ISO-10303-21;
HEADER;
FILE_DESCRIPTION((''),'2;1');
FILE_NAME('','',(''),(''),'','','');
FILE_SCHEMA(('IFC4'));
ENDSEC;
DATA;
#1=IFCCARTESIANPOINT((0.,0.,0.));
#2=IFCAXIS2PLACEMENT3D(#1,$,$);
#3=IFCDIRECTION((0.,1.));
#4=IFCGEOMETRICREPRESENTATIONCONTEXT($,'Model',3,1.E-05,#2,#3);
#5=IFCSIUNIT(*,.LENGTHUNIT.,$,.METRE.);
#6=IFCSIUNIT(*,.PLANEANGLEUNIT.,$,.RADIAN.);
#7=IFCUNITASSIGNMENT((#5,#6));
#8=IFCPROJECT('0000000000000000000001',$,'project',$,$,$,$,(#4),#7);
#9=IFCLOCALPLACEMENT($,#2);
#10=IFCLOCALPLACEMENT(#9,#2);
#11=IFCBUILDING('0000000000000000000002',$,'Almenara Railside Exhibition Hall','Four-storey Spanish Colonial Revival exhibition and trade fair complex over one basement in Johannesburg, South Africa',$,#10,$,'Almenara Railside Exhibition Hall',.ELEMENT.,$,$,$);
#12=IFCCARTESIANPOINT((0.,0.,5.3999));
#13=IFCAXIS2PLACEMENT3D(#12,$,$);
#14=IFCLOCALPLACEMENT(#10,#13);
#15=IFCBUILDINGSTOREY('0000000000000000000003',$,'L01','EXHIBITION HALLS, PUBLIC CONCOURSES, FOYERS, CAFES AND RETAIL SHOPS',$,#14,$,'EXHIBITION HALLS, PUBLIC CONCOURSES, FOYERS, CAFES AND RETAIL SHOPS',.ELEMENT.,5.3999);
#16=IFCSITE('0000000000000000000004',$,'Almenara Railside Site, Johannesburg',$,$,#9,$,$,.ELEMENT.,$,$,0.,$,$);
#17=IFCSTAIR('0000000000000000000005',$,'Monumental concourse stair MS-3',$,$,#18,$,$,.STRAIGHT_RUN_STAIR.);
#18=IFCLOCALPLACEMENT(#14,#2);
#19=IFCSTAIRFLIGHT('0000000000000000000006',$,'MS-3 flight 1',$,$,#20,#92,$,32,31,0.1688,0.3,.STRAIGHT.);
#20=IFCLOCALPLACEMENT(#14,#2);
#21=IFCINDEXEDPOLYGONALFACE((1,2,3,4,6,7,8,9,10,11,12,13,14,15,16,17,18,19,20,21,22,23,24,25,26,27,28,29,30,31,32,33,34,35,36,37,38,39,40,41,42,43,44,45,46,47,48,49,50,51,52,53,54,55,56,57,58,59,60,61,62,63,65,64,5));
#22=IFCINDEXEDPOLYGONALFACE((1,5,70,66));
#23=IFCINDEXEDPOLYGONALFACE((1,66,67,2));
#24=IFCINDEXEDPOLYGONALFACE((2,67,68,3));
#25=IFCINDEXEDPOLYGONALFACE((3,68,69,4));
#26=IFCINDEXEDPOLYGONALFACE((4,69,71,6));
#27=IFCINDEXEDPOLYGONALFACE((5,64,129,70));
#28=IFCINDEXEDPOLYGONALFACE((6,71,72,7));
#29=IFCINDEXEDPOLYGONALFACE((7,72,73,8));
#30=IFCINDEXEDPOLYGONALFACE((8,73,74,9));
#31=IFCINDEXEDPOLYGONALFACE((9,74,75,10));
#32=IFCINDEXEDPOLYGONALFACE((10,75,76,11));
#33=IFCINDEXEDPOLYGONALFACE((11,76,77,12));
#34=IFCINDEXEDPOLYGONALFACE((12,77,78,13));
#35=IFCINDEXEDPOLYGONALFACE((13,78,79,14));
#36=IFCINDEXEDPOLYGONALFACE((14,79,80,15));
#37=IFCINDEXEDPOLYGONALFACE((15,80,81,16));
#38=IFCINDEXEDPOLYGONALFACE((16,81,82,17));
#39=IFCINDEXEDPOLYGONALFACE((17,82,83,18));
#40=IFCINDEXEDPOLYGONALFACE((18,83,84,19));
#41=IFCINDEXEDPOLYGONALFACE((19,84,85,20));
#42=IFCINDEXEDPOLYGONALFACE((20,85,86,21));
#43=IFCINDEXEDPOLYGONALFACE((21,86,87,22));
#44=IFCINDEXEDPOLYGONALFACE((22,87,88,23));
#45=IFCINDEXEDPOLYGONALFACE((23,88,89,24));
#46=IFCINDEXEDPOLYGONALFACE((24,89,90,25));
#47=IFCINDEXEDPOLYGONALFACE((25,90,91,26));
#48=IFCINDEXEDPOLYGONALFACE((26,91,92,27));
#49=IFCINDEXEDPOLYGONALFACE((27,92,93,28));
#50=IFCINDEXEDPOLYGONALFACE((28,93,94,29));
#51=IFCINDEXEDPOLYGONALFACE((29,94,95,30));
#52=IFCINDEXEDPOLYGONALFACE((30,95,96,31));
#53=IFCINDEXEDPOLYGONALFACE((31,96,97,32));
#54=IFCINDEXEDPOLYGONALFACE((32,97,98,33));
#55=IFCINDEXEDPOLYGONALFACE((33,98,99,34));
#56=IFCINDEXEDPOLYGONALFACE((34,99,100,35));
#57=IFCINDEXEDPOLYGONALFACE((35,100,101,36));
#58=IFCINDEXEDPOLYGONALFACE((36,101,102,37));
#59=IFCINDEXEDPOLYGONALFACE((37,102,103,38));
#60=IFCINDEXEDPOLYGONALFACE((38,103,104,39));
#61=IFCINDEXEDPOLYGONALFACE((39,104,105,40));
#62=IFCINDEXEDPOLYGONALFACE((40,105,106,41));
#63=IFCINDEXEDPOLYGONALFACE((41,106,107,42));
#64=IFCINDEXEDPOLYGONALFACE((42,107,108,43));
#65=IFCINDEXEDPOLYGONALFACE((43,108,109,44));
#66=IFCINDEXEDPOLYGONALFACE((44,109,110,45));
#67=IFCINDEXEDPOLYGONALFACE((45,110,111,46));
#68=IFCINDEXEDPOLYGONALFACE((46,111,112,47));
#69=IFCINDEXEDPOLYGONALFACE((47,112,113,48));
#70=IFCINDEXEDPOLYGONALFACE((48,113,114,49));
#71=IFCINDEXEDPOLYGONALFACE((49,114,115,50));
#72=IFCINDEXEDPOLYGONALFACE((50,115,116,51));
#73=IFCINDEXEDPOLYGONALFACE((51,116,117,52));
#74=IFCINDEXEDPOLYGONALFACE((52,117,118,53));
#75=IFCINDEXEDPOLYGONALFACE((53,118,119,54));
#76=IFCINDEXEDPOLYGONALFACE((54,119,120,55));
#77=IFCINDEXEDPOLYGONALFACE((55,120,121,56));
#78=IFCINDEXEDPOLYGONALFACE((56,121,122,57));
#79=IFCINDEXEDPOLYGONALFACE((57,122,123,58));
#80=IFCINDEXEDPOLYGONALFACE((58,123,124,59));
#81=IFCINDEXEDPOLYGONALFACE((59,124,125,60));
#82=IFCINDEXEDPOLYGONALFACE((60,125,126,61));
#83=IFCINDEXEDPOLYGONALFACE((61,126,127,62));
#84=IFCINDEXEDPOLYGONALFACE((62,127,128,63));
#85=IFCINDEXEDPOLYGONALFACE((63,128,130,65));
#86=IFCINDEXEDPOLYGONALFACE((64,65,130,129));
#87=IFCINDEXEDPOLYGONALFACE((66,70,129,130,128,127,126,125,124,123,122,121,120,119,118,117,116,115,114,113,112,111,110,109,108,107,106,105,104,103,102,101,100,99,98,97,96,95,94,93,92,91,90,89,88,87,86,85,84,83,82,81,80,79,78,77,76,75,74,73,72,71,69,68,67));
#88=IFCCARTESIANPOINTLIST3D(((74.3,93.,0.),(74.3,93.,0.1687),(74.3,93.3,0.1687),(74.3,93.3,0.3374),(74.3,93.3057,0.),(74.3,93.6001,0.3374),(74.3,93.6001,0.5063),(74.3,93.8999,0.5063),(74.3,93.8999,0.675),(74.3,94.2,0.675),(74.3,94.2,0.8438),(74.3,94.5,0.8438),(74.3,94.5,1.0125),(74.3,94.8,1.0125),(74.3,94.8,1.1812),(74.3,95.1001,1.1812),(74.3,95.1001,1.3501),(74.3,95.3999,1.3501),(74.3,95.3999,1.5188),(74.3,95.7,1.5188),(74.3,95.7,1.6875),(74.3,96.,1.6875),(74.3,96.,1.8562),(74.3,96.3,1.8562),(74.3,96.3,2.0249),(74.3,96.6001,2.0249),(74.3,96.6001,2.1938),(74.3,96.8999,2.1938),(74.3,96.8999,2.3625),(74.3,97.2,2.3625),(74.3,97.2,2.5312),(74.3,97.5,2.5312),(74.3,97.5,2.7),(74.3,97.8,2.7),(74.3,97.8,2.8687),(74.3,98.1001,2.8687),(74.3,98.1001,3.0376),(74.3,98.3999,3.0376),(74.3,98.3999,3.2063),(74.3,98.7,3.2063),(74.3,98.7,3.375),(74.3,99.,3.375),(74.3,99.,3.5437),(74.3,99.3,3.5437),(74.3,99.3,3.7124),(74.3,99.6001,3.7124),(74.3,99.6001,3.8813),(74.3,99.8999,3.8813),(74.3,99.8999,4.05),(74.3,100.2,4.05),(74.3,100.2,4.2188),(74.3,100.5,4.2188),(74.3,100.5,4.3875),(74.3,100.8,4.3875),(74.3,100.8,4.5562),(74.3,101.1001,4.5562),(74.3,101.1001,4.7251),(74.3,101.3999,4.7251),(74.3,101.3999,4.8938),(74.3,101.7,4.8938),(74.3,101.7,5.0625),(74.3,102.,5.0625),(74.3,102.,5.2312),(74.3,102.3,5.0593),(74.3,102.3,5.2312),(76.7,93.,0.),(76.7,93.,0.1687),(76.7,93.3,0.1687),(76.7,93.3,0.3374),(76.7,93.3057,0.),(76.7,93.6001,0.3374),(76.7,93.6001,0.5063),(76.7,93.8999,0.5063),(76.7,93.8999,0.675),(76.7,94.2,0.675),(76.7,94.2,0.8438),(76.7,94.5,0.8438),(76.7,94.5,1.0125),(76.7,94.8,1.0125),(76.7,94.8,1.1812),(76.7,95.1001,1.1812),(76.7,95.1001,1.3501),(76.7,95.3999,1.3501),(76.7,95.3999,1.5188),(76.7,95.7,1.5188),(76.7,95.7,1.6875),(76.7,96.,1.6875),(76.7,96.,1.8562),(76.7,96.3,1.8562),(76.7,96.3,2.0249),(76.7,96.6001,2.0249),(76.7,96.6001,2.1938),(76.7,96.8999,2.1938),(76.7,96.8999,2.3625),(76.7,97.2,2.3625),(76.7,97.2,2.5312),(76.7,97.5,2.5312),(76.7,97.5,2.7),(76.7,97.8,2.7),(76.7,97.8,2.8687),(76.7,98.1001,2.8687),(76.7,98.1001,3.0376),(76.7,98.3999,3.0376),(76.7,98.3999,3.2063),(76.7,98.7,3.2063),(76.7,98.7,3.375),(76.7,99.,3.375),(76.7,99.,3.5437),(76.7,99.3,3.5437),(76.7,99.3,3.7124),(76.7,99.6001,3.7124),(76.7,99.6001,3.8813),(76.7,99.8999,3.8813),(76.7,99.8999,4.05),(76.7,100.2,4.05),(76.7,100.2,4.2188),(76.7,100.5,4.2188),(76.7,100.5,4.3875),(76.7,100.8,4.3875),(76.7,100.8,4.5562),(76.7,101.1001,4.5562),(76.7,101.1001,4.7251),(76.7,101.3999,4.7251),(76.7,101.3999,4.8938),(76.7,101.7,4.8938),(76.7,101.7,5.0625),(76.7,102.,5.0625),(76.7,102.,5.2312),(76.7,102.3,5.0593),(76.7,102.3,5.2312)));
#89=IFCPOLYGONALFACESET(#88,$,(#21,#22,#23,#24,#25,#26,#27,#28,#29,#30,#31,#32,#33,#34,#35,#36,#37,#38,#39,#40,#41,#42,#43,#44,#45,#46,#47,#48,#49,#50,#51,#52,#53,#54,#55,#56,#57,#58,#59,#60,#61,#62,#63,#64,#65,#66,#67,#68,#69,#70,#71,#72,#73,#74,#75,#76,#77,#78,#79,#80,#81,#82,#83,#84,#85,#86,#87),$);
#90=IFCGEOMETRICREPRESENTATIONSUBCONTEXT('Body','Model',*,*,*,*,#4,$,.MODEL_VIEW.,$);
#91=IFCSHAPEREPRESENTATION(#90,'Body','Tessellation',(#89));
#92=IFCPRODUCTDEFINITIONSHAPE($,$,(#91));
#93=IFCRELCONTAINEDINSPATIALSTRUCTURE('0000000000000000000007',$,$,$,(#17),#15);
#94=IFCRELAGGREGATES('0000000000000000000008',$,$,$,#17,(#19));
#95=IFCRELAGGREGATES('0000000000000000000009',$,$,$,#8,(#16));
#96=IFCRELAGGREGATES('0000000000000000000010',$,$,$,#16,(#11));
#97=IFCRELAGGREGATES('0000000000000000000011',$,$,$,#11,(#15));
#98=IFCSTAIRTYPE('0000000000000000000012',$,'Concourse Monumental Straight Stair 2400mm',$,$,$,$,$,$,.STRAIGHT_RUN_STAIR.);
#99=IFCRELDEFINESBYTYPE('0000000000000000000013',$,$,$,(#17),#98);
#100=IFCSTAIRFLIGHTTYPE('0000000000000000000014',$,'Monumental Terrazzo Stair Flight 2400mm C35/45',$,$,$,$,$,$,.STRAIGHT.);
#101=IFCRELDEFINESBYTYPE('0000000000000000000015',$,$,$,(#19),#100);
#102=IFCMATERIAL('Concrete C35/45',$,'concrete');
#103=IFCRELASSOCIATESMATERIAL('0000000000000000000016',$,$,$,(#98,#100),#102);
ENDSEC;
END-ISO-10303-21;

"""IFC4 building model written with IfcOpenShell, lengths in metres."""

from ifc_helpers import new_model, si_unit, direction, frame, origin, place, context, subcontext, project, spatial, polyline, outline, extrude, material, type_object, element, aggregate, save


model = new_model("IFC4")

# Units and contexts
model_context = context("Model", 3, precision=1e-05, world=origin(), true_north=direction((0.0, 1.0)))
body_context = subcontext(model_context, "Body", "Model", "MODEL_VIEW")
ifc_project = project(units=[si_unit("LENGTHUNIT", "METRE"), si_unit("PLANEANGLEUNIT", "RADIAN")], contexts=[model_context])

# Site, building, storey
site_placement = place(None, origin())
site = spatial("IfcSite", under=ifc_project, at=site_placement, Name="Almenara Railside Site, Johannesburg", CompositionType="ELEMENT", RefElevation=0.0)
building_placement = place(site_placement, origin())
building = spatial("IfcBuilding", under=site, at=building_placement, Name="Almenara Railside Exhibition Hall", Description="Four-storey Spanish Colonial Revival exhibition and trade fair complex over one basement in Johannesburg, South Africa", LongName="Almenara Railside Exhibition Hall", CompositionType="ELEMENT")
storey_placement = place(building_placement, frame((0.0, 0.0, 5.3999)))
storey = spatial("IfcBuildingStorey", under=building, at=storey_placement, Name="L01", Description="EXHIBITION HALLS, PUBLIC CONCOURSES, FOYERS, CAFES AND RETAIL SHOPS", LongName="EXHIBITION HALLS, PUBLIC CONCOURSES, FOYERS, CAFES AND RETAIL SHOPS", CompositionType="ELEMENT", Elevation=5.3999)

# Stair, stair flight
ifc_material_1 = material(Name="Concrete C35/45", Category="concrete")
stair_type = type_object("IfcStairType", Name="Concourse Monumental Straight Stair 2400mm", PredefinedType="STRAIGHT_RUN_STAIR", material=ifc_material_1)
stair_placement = place(storey_placement, origin())
stair = element("IfcStair", 1, at=stair_placement, inside=storey, type_object=stair_type, Name="Monumental concourse stair MS-3", PredefinedType="STRAIGHT_RUN_STAIR")
stair_flight_type = type_object("IfcStairFlightType", Name="Monumental Terrazzo Stair Flight 2400mm C35/45", PredefinedType="STRAIGHT", material=ifc_material_1)
stair_flight_placement = place(storey_placement, frame((75.5, 93.0, 0.0), z_axis=(0.0, 0.0, 1.0), x_axis=(0.0, 1.0, 0.0)))
stair_flight = element("IfcStairFlight", 2, at=stair_flight_placement, type_object=stair_flight_type, Name="MS-3 flight 1", NumberOfRisers=32, NumberOfTreads=31, PredefinedType="STRAIGHT", RiserHeight=0.1688, TreadLength=0.3, context=body_context, shape_type="SweptSolid", body=[
    extrude(outline(polyline([(0.0, 0.0), (0.0, 0.1687), (0.3, 0.1687), (0.3, 0.3374), (0.6001, 0.3374), (0.6001, 0.5063), (0.8999, 0.5063), (0.8999, 0.675), (1.2, 0.675), (1.2, 0.8438), (1.5, 0.8438), (1.5, 1.0125), (1.8, 1.0125), (1.8, 1.1812), (2.1001, 1.1812), (2.1001, 1.3501), (2.3999, 1.3501), (2.3999, 1.5188), (2.7, 1.5188), (2.7, 1.6875), (3.0, 1.6875), (3.0, 1.8562), (3.3, 1.8562), (3.3, 2.0249), (3.6001, 2.0249), (3.6001, 2.1938), (3.8999, 2.1938), (3.8999, 2.3625), (4.2, 2.3625), (4.2, 2.5312), (4.5, 2.5312), (4.5, 2.7), (4.8, 2.7), (4.8, 2.8687), (5.1001, 2.8687), (5.1001, 3.0376), (5.3999, 3.0376), (5.3999, 3.2063), (5.7, 3.2063), (5.7, 3.375), (6.0, 3.375), (6.0, 3.5437), (6.3, 3.5437), (6.3, 3.7124), (6.6001, 3.7124), (6.6001, 3.8813), (6.8999, 3.8813), (6.8999, 4.05), (7.2, 4.05), (7.2, 4.2188), (7.5, 4.2188), (7.5, 4.3875), (7.8, 4.3875), (7.8, 4.5562), (8.1001, 4.5562), (8.1001, 4.7251), (8.3999, 4.7251), (8.3999, 4.8938), (8.7, 4.8938), (8.7, 5.0625), (9.0, 5.0625), (9.0, 5.2312), (9.3, 5.2312), (9.3, 5.3999), (9.3, 5.0593), (0.3057, 0.0), (0.0, 0.0)])), frame((0.0, 1.2, 0.0), z_axis=(0.0, -1.0, 0.0), x_axis=(1.0, 0.0, 0.0)), (0.0, 0.0, 1.0), 2.3999),
])
aggregate(stair, [stair_flight])

save(model, "model.ifc")
